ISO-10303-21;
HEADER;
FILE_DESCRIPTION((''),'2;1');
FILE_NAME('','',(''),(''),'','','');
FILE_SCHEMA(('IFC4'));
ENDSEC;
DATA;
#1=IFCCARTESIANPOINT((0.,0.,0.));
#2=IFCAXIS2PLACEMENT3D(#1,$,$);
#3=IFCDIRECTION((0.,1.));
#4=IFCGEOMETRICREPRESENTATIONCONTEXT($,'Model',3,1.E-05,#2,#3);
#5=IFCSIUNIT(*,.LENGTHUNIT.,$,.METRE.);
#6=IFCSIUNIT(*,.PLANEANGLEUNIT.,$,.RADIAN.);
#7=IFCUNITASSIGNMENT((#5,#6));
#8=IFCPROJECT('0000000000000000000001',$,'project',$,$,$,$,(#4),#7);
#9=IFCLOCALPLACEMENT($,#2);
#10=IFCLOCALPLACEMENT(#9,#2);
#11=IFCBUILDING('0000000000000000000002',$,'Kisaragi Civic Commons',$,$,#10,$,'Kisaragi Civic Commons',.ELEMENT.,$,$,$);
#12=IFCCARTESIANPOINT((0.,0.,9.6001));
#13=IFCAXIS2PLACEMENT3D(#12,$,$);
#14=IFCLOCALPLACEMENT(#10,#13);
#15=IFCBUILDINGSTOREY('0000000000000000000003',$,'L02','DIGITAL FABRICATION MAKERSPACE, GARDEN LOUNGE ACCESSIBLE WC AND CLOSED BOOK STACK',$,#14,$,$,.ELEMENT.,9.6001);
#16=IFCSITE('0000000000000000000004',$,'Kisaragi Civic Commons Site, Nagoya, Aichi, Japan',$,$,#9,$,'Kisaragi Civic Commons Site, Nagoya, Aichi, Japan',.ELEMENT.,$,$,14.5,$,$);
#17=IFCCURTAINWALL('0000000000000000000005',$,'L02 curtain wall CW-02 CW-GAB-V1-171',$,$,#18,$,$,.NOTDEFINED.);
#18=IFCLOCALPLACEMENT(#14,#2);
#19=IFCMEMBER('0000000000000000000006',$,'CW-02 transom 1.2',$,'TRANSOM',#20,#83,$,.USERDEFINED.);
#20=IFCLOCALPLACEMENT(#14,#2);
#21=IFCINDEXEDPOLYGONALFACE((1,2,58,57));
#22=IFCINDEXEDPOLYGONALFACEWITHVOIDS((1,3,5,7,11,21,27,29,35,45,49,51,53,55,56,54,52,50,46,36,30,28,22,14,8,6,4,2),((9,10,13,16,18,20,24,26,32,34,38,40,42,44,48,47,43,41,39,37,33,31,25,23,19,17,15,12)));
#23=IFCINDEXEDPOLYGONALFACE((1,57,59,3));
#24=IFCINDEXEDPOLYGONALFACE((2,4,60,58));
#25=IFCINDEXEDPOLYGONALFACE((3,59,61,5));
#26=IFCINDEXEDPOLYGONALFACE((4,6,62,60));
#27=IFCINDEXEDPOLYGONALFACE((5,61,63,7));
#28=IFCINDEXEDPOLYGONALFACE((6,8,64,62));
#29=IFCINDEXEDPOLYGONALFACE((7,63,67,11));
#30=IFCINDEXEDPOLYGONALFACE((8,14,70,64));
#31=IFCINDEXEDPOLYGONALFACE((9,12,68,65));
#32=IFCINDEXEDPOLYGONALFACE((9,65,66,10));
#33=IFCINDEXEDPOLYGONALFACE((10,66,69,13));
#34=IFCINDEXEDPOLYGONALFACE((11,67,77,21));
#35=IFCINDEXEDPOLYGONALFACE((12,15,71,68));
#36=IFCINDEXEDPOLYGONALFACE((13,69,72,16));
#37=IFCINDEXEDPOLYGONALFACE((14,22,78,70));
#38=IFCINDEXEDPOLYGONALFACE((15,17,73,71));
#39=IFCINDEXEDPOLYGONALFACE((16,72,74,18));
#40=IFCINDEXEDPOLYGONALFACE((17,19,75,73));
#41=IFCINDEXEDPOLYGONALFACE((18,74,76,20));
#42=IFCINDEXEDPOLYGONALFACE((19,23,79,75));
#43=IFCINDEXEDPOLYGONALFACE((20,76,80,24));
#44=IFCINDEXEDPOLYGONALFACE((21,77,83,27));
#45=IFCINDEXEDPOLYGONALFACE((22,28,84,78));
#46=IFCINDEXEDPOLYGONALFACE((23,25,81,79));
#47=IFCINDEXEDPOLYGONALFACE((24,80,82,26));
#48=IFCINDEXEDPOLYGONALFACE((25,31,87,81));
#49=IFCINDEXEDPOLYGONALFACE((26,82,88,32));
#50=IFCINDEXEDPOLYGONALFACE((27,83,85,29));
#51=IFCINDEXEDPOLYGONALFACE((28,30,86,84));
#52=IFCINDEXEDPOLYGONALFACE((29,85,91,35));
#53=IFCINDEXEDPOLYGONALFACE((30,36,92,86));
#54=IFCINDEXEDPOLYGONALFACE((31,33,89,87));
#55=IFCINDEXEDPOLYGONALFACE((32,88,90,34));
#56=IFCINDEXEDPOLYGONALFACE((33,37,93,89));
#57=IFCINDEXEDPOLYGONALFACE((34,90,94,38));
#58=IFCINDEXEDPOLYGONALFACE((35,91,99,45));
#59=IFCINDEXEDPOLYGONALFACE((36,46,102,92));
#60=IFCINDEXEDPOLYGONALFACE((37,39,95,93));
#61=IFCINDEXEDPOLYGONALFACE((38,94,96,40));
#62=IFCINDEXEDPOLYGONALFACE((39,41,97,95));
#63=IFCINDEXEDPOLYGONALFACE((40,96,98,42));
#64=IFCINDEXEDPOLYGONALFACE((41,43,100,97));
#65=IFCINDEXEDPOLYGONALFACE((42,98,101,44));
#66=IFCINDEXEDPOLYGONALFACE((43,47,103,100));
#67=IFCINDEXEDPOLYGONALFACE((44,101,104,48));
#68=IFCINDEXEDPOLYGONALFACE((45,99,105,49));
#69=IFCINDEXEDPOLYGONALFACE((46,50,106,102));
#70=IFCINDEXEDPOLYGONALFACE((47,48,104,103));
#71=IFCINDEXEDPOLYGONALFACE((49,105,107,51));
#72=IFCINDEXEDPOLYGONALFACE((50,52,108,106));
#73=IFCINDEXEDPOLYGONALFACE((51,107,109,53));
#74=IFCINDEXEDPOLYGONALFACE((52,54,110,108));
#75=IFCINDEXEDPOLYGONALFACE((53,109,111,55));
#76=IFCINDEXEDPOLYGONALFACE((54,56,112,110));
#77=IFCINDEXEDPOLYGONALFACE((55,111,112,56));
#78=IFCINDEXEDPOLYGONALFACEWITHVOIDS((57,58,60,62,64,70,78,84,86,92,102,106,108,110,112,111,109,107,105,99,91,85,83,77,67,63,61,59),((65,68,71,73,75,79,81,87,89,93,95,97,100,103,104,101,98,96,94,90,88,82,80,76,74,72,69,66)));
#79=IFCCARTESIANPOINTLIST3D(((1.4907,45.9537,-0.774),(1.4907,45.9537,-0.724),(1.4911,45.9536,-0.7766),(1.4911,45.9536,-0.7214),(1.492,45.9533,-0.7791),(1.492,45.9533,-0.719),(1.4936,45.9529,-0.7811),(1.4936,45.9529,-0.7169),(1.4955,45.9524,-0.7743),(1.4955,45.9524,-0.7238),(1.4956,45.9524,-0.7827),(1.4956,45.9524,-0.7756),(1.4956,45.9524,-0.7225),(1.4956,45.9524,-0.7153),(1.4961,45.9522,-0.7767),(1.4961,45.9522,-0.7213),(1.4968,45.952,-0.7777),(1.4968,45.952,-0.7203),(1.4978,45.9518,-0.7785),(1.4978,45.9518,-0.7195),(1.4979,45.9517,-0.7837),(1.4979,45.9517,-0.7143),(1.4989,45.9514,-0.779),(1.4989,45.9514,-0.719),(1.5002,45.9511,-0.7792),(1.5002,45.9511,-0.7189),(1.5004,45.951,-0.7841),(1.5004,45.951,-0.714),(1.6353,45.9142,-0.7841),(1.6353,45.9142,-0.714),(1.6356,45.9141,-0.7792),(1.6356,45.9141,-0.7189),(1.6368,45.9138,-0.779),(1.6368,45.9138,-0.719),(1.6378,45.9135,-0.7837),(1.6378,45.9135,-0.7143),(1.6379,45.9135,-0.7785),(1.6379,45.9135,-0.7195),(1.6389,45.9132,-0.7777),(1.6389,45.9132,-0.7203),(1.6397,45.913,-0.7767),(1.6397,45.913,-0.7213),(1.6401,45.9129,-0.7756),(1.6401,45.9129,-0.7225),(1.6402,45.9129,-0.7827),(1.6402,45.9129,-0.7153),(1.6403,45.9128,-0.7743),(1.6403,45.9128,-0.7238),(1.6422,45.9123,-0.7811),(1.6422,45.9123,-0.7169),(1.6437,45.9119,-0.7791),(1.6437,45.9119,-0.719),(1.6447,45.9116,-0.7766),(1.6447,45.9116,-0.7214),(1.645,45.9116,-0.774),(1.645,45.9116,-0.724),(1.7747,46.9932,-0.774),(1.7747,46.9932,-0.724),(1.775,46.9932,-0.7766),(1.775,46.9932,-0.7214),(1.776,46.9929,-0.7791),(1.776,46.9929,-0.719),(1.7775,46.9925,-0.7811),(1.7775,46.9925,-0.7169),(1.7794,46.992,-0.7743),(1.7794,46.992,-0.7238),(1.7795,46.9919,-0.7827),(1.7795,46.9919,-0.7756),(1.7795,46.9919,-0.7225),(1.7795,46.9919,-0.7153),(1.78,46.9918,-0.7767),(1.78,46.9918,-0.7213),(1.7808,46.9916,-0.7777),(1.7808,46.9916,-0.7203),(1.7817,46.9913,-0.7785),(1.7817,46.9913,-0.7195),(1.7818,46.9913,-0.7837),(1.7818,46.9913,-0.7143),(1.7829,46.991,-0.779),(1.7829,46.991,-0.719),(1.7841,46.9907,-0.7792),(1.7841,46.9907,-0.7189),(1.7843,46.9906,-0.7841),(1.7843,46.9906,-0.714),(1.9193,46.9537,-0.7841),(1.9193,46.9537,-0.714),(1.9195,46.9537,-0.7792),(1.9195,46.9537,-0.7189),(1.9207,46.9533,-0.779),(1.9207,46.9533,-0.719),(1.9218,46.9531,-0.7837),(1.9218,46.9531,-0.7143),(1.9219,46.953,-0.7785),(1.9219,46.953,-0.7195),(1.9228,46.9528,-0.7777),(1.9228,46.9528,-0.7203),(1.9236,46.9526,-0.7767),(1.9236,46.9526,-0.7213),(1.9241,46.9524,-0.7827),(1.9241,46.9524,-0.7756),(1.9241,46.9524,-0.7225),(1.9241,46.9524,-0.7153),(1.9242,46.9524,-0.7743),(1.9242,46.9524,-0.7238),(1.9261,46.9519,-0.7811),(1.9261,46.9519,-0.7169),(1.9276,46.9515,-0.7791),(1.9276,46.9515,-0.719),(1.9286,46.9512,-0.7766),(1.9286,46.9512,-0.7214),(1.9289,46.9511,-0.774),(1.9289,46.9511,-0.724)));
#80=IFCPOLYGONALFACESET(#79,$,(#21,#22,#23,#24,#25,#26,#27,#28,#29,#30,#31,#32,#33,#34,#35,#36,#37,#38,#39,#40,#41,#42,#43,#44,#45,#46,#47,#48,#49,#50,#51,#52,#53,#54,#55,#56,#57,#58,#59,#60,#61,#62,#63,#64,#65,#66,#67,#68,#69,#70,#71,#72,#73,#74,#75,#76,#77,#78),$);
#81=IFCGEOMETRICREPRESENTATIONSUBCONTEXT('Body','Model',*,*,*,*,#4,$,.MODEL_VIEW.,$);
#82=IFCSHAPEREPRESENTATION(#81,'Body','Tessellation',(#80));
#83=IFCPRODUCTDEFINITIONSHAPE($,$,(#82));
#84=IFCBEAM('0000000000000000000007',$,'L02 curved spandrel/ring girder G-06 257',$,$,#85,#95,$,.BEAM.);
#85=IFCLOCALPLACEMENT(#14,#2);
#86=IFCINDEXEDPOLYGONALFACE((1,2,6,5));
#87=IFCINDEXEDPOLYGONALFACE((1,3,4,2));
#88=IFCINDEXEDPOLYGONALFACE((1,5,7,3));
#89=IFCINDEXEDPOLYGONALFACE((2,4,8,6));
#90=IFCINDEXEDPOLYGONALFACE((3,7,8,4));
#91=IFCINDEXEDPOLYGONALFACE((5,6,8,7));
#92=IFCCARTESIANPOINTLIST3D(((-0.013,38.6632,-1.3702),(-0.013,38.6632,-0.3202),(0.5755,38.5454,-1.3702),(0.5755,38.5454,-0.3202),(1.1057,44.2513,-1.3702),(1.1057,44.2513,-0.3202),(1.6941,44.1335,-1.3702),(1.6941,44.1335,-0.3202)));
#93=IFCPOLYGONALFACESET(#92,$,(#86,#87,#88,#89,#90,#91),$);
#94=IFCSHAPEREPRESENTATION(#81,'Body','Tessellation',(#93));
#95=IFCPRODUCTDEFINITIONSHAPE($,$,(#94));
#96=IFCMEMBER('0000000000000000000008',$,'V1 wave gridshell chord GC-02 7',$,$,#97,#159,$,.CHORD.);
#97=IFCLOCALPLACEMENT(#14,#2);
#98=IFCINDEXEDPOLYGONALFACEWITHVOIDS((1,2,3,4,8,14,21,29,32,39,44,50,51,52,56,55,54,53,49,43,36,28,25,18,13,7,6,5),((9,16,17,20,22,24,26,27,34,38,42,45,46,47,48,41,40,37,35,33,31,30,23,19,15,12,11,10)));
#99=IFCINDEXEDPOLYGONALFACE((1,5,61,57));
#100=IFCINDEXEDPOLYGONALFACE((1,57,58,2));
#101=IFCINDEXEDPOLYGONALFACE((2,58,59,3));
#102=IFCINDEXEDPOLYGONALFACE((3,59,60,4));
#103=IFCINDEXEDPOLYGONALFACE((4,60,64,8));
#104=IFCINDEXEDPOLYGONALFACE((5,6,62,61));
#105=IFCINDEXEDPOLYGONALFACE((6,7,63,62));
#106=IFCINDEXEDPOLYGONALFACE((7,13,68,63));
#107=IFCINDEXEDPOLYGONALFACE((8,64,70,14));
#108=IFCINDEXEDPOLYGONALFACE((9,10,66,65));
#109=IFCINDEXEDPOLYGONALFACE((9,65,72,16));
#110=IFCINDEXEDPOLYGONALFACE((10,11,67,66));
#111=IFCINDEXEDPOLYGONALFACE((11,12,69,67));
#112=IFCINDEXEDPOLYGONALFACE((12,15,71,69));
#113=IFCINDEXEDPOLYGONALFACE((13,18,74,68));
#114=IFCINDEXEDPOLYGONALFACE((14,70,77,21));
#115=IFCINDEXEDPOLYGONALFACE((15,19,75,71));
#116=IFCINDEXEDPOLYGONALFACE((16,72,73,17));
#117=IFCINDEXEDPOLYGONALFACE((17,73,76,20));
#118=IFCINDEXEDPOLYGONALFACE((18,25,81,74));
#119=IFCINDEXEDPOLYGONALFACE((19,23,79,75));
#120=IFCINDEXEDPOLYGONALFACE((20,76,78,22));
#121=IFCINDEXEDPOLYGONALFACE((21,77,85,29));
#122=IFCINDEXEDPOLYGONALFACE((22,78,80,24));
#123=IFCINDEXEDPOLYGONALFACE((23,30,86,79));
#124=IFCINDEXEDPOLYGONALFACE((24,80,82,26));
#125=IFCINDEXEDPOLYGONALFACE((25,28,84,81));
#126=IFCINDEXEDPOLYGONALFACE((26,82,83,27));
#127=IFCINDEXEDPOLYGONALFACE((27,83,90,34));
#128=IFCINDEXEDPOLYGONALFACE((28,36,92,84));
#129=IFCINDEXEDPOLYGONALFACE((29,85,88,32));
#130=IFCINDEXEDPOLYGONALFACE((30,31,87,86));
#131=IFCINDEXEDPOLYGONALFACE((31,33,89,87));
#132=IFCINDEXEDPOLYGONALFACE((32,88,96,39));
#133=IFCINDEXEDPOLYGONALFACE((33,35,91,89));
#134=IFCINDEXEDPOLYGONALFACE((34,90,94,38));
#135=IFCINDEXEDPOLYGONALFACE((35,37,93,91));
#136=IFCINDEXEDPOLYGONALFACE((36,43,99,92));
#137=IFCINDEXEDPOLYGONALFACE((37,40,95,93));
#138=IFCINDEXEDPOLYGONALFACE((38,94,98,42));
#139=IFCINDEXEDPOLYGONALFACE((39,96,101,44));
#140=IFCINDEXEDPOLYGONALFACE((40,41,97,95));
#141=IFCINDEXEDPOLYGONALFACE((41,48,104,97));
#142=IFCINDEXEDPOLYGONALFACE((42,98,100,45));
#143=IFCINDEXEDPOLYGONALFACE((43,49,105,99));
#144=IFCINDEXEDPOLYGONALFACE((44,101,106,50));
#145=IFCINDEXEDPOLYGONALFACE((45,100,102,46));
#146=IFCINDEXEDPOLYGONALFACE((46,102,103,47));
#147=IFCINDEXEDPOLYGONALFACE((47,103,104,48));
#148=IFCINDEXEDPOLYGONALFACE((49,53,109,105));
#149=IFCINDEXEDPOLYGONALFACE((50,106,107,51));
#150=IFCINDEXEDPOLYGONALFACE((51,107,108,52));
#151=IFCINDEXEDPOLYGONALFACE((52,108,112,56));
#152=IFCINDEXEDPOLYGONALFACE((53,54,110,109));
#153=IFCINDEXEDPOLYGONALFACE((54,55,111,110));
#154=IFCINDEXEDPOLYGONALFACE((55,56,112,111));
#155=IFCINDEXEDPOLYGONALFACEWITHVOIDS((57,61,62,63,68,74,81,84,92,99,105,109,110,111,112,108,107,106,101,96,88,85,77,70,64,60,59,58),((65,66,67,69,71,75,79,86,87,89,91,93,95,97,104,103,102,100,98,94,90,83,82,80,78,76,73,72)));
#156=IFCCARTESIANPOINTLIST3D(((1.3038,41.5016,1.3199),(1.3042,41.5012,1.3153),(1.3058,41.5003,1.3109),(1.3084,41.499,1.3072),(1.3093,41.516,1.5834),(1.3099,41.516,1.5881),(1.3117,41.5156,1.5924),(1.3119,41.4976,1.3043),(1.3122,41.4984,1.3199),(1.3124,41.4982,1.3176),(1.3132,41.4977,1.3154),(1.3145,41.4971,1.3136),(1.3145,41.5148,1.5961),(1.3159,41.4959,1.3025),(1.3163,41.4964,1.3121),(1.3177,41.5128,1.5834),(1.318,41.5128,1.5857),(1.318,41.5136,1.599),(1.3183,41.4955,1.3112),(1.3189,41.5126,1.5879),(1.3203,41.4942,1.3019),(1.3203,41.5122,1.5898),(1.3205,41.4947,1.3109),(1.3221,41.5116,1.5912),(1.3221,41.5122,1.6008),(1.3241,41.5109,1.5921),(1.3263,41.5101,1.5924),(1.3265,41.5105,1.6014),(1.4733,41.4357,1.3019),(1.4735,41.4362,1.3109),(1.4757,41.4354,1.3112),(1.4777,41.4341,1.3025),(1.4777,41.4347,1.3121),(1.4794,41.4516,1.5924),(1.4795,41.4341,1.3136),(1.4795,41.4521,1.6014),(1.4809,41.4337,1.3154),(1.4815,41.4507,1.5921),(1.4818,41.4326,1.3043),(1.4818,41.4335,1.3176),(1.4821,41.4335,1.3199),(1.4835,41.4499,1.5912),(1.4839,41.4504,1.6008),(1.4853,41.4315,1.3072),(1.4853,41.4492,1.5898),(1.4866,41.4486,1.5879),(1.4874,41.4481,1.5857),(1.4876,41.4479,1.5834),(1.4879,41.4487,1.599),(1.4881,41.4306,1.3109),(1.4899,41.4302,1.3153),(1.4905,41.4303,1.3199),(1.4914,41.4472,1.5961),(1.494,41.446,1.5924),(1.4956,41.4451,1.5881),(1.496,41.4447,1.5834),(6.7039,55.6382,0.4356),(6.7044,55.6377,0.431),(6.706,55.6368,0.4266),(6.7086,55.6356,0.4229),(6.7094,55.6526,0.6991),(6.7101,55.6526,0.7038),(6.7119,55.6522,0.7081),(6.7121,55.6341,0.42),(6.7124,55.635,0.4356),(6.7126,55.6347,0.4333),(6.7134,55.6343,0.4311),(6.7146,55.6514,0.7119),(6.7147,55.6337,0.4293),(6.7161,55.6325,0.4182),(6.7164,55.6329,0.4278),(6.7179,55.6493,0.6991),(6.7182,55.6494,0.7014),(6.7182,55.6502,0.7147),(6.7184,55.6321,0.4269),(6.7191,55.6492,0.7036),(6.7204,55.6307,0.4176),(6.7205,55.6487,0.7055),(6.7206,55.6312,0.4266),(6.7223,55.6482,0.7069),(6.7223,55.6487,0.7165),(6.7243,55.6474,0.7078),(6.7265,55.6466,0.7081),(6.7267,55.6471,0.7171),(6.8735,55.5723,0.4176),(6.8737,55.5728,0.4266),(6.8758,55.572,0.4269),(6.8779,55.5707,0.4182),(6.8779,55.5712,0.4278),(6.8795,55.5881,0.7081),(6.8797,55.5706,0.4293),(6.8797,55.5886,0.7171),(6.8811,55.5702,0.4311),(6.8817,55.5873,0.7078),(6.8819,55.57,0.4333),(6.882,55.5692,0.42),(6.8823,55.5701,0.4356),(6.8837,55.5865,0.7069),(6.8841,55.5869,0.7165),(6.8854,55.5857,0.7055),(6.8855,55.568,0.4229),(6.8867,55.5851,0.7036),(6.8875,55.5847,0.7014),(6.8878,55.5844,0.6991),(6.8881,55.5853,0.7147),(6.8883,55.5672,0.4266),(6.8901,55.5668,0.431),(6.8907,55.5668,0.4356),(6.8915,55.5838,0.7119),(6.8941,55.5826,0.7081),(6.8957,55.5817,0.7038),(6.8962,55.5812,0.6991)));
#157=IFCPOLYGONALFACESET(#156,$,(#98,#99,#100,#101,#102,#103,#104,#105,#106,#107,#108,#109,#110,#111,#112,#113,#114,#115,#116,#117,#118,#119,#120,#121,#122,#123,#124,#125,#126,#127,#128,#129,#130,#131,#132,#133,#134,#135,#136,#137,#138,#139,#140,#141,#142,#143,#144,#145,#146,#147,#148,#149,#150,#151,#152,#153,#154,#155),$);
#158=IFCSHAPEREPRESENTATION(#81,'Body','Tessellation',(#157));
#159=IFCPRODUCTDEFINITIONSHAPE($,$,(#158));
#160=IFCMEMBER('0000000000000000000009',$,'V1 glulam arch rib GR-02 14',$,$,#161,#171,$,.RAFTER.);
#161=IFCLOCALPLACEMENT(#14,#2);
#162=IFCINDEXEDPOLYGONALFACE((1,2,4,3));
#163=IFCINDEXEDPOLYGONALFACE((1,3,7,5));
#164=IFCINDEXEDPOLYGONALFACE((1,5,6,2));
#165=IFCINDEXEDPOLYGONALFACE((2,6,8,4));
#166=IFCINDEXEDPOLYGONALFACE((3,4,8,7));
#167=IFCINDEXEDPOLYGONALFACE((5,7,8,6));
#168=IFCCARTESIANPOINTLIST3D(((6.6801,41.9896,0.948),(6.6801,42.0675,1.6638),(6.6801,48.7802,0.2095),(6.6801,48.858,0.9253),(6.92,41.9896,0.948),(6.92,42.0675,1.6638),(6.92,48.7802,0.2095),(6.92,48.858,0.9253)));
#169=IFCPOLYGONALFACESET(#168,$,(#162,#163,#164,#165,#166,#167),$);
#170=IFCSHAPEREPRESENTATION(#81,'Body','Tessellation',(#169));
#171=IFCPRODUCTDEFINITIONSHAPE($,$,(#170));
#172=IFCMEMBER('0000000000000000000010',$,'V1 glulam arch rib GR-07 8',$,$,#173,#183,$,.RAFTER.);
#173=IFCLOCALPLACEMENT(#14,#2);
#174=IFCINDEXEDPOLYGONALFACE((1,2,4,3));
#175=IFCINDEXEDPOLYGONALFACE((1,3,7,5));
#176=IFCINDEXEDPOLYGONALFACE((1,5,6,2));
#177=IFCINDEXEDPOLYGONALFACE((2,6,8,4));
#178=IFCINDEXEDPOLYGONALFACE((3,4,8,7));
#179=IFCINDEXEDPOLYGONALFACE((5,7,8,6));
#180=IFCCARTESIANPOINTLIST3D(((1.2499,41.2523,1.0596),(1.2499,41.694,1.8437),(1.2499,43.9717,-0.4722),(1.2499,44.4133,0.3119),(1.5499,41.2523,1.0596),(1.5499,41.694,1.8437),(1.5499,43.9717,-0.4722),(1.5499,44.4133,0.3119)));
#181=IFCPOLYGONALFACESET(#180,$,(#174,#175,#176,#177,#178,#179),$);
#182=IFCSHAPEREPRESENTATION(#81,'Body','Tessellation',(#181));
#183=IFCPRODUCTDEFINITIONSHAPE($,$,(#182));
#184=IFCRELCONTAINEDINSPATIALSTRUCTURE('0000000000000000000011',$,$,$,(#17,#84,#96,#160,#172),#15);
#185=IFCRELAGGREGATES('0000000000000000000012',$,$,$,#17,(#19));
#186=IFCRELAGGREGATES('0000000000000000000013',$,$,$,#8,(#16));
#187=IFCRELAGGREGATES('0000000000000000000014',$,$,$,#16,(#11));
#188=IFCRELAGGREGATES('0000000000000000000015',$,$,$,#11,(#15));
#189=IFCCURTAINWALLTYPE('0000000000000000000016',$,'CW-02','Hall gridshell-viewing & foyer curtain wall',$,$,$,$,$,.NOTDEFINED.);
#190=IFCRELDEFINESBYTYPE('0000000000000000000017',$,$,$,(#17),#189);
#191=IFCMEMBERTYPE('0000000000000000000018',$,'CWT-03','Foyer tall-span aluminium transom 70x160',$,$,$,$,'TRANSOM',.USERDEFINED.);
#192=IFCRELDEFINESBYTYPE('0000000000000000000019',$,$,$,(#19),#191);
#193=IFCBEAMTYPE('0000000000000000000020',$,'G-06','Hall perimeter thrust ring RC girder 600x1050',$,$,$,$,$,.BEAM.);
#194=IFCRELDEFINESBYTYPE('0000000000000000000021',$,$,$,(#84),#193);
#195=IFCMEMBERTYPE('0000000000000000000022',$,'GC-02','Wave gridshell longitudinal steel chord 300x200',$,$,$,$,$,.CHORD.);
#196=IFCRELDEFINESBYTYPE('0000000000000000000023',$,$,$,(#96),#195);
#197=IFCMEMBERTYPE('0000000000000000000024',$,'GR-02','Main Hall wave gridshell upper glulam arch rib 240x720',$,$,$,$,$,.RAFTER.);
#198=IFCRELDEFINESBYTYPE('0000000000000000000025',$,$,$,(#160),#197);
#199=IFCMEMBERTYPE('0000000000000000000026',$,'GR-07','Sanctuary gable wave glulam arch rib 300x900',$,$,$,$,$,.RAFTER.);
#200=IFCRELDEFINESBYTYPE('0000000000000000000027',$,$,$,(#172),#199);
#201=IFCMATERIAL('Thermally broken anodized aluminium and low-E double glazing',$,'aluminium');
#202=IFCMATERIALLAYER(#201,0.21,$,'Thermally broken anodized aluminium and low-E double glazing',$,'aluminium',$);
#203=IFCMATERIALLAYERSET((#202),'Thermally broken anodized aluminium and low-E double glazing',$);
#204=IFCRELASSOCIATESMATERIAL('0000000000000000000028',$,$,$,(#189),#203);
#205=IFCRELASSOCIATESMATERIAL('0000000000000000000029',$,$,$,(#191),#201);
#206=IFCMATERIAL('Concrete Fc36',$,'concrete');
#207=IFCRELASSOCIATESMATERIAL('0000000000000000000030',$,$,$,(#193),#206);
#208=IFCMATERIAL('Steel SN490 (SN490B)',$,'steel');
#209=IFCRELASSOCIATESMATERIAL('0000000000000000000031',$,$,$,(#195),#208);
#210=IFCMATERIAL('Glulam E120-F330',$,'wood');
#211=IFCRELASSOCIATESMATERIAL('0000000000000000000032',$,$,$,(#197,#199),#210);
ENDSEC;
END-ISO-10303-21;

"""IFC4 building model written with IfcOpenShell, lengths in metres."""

from ifc_helpers import new_model, si_unit, direction, frame, origin, origin_2d, place, context, subcontext, project, spatial, rectangle, hollow_rectangle, extrude, material, layer, layer_set, material_profile, profile_set, type_object, element, aggregate, save


model = new_model("IFC4")

# Units and contexts
model_context = context("Model", 3, precision=1e-05, world=origin(), true_north=direction((0.0, 1.0)))
body_context = subcontext(model_context, "Body", "Model", "MODEL_VIEW")
ifc_project = project(units=[si_unit("LENGTHUNIT", "METRE"), si_unit("PLANEANGLEUNIT", "RADIAN")], contexts=[model_context])

# Site, building, storey
site_placement = place(None, origin())
site = spatial("IfcSite", under=ifc_project, at=site_placement, Name="Kisaragi Civic Commons Site, Nagoya, Aichi, Japan", LongName="Kisaragi Civic Commons Site, Nagoya, Aichi, Japan", CompositionType="ELEMENT", RefElevation=14.5)
building_placement = place(site_placement, origin())
building = spatial("IfcBuilding", under=site, at=building_placement, Name="Kisaragi Civic Commons", LongName="Kisaragi Civic Commons", CompositionType="ELEMENT")
storey_placement = place(building_placement, frame((0.0, 0.0, 9.6001)))
storey = spatial("IfcBuildingStorey", under=building, at=storey_placement, Name="L02", Description="DIGITAL FABRICATION MAKERSPACE, GARDEN LOUNGE ACCESSIBLE WC AND CLOSED BOOK STACK", CompositionType="ELEMENT", Elevation=9.6001)

# Curtain wall, member
ifc_material_1 = material(Name="Thermally broken anodized aluminium and low-E double glazing", Category="aluminium")
ifc_layer_1 = layer(ifc_material_1, 0.21, Name="Thermally broken anodized aluminium and low-E double glazing", Category="aluminium")
ifc_layer_set_1 = layer_set([ifc_layer_1], Name="Thermally broken anodized aluminium and low-E double glazing")
curtain_wall_type = type_object("IfcCurtainWallType", Name="CW-02", Description="Hall gridshell-viewing & foyer curtain wall", PredefinedType="NOTDEFINED", material=ifc_layer_set_1)
curtain_wall_placement = place(storey_placement, origin())
curtain_wall = element("IfcCurtainWall", 1, at=curtain_wall_placement, inside=storey, type_object=curtain_wall_type, Name="L02 curtain wall CW-02 CW-GAB-V1-171", PredefinedType="NOTDEFINED")
ifc_material_profile_1 = material_profile(ifc_material_1, hollow_rectangle(XDim=0.1599, YDim=0.0701, WallThickness=0.0049, InnerFilletRadius=0.0049, OuterFilletRadius=0.01, at=origin_2d()), Name="CWT-70x160x5", Category="aluminium")
ifc_profile_set_1 = profile_set([ifc_material_profile_1], Name="Thermally broken anodized aluminium and low-E double glazing")
member_type_1 = type_object("IfcMemberType", Name="CWT-03", Description="Foyer tall-span aluminium transom 70x160", ElementType="TRANSOM", PredefinedType="USERDEFINED", material=ifc_profile_set_1)
member_1_placement = place(storey_placement, frame((1.5679, 45.9326, -0.749), z_axis=(0.263482, 0.964664, 0.0), x_axis=(-0.964664, 0.263482, 0.0)))
member_1 = element("IfcMember", 2, at=member_1_placement, type_object=member_type_1, Name="CW-02 transom 1.2", ObjectType="TRANSOM", PredefinedType="USERDEFINED", context=body_context, shape_type="SweptSolid", body=[
    extrude(hollow_rectangle(XDim=0.1599, YDim=0.0701, WallThickness=0.0049, InnerFilletRadius=0.0049, OuterFilletRadius=0.01, at=origin_2d()), origin(), (0.0, 0.0, 1.0), 1.0776),
])
aggregate(curtain_wall, [member_1])

# Beam
ifc_material_2 = material(Name="Concrete Fc36", Category="concrete")
ifc_material_profile_2 = material_profile(ifc_material_2, rectangle(XDim=0.6001, YDim=1.05, at=origin_2d()), Name="RC-600x1050", Category="concrete")
ifc_profile_set_2 = profile_set([ifc_material_profile_2], Name="Concrete Fc36")
beam_type = type_object("IfcBeamType", Name="G-06", Description="Hall perimeter thrust ring RC girder 600x1050", PredefinedType="BEAM", material=ifc_profile_set_2)
beam_placement = place(storey_placement, frame((1.3999, 44.1924, -0.8452), z_axis=(-0.196289, -0.980546, 0.0), x_axis=(0.980546, -0.196289, 0.0)))
element("IfcBeam", 3, at=beam_placement, inside=storey, type_object=beam_type, Name="L02 curved spandrel/ring girder G-06 257", PredefinedType="BEAM", context=body_context, shape_type="SweptSolid", body=[
    extrude(rectangle(XDim=0.6001, YDim=1.05, at=origin_2d()), origin(), (0.0, 0.0, 1.0), 5.699),
])

# Members
ifc_material_3 = material(Name="Steel SN490 (SN490B)", Category="steel")
ifc_material_profile_3 = material_profile(ifc_material_3, hollow_rectangle(XDim=0.2, YDim=0.3, WallThickness=0.009, InnerFilletRadius=0.009, OuterFilletRadius=0.0181, at=origin_2d()), Name="STKR-300x200x9", Category="steel")
ifc_profile_set_3 = profile_set([ifc_material_profile_3], Name="Steel SN490 (SN490B)")
member_type_2 = type_object("IfcMemberType", Name="GC-02", Description="Wave gridshell longitudinal steel chord 300x200", PredefinedType="CHORD", material=ifc_profile_set_3)
member_2_placement = place(storey_placement, frame((1.3999, 41.4731, 1.4517), z_axis=(0.356243, 0.932571, -0.058335), x_axis=(-0.934161, 0.356851, 0.0)))
element("IfcMember", 4, at=member_2_placement, inside=storey, type_object=member_type_2, Name="V1 wave gridshell chord GC-02 7", PredefinedType="CHORD", context=body_context, shape_type="SweptSolid", body=[
    extrude(hollow_rectangle(XDim=0.2, YDim=0.3, WallThickness=0.009, InnerFilletRadius=0.009, OuterFilletRadius=0.0181, at=origin_2d()), origin(), (0.0, 0.0, 1.0), 15.1587),
])
ifc_material_4 = material(Name="Glulam E120-F330", Category="wood")
ifc_material_profile_4 = material_profile(ifc_material_4, rectangle(XDim=0.24, YDim=0.72, at=origin_2d()), Name="GL-240x720", Category="wood")
ifc_profile_set_4 = profile_set([ifc_material_profile_4], Name="Glulam E120-F330")
member_type_3 = type_object("IfcMemberType", Name="GR-02", Description="Main Hall wave gridshell upper glulam arch rib 240x720", PredefinedType="RAFTER", material=ifc_profile_set_4)
member_3_placement = place(storey_placement, frame((6.8, 42.0286, 1.3059), z_axis=(0.0, 0.994138, -0.108121), x_axis=(-1.0, 0.0, 0.0)))
element("IfcMember", 5, at=member_3_placement, inside=storey, type_object=member_type_3, Name="V1 glulam arch rib GR-02 14", PredefinedType="RAFTER", context=body_context, shape_type="SweptSolid", body=[
    extrude(rectangle(XDim=0.24, YDim=0.72, at=origin_2d()), origin(), (0.0, 0.0, 1.0), 6.8306),
])
ifc_material_profile_5 = material_profile(ifc_material_4, rectangle(XDim=0.3, YDim=0.8999, at=origin_2d()), Name="GL-300x900", Category="wood")
ifc_profile_set_5 = profile_set([ifc_material_profile_5], Name="Glulam E120-F330")
member_type_4 = type_object("IfcMemberType", Name="GR-07", Description="Sanctuary gable wave glulam arch rib 300x900", PredefinedType="RAFTER", material=ifc_profile_set_5)
member_4_placement = place(storey_placement, frame((1.3999, 41.4731, 1.4517), z_axis=(0.0, 0.871279, -0.490789), x_axis=(-1.0, 0.0, 0.0)))
element("IfcMember", 6, at=member_4_placement, inside=storey, type_object=member_type_4, Name="V1 glulam arch rib GR-07 8", PredefinedType="RAFTER", context=body_context, shape_type="SweptSolid", body=[
    extrude(rectangle(XDim=0.3, YDim=0.8999, at=origin_2d()), origin(), (0.0, 0.0, 1.0), 3.1211),
])

save(model, "model.ifc")
